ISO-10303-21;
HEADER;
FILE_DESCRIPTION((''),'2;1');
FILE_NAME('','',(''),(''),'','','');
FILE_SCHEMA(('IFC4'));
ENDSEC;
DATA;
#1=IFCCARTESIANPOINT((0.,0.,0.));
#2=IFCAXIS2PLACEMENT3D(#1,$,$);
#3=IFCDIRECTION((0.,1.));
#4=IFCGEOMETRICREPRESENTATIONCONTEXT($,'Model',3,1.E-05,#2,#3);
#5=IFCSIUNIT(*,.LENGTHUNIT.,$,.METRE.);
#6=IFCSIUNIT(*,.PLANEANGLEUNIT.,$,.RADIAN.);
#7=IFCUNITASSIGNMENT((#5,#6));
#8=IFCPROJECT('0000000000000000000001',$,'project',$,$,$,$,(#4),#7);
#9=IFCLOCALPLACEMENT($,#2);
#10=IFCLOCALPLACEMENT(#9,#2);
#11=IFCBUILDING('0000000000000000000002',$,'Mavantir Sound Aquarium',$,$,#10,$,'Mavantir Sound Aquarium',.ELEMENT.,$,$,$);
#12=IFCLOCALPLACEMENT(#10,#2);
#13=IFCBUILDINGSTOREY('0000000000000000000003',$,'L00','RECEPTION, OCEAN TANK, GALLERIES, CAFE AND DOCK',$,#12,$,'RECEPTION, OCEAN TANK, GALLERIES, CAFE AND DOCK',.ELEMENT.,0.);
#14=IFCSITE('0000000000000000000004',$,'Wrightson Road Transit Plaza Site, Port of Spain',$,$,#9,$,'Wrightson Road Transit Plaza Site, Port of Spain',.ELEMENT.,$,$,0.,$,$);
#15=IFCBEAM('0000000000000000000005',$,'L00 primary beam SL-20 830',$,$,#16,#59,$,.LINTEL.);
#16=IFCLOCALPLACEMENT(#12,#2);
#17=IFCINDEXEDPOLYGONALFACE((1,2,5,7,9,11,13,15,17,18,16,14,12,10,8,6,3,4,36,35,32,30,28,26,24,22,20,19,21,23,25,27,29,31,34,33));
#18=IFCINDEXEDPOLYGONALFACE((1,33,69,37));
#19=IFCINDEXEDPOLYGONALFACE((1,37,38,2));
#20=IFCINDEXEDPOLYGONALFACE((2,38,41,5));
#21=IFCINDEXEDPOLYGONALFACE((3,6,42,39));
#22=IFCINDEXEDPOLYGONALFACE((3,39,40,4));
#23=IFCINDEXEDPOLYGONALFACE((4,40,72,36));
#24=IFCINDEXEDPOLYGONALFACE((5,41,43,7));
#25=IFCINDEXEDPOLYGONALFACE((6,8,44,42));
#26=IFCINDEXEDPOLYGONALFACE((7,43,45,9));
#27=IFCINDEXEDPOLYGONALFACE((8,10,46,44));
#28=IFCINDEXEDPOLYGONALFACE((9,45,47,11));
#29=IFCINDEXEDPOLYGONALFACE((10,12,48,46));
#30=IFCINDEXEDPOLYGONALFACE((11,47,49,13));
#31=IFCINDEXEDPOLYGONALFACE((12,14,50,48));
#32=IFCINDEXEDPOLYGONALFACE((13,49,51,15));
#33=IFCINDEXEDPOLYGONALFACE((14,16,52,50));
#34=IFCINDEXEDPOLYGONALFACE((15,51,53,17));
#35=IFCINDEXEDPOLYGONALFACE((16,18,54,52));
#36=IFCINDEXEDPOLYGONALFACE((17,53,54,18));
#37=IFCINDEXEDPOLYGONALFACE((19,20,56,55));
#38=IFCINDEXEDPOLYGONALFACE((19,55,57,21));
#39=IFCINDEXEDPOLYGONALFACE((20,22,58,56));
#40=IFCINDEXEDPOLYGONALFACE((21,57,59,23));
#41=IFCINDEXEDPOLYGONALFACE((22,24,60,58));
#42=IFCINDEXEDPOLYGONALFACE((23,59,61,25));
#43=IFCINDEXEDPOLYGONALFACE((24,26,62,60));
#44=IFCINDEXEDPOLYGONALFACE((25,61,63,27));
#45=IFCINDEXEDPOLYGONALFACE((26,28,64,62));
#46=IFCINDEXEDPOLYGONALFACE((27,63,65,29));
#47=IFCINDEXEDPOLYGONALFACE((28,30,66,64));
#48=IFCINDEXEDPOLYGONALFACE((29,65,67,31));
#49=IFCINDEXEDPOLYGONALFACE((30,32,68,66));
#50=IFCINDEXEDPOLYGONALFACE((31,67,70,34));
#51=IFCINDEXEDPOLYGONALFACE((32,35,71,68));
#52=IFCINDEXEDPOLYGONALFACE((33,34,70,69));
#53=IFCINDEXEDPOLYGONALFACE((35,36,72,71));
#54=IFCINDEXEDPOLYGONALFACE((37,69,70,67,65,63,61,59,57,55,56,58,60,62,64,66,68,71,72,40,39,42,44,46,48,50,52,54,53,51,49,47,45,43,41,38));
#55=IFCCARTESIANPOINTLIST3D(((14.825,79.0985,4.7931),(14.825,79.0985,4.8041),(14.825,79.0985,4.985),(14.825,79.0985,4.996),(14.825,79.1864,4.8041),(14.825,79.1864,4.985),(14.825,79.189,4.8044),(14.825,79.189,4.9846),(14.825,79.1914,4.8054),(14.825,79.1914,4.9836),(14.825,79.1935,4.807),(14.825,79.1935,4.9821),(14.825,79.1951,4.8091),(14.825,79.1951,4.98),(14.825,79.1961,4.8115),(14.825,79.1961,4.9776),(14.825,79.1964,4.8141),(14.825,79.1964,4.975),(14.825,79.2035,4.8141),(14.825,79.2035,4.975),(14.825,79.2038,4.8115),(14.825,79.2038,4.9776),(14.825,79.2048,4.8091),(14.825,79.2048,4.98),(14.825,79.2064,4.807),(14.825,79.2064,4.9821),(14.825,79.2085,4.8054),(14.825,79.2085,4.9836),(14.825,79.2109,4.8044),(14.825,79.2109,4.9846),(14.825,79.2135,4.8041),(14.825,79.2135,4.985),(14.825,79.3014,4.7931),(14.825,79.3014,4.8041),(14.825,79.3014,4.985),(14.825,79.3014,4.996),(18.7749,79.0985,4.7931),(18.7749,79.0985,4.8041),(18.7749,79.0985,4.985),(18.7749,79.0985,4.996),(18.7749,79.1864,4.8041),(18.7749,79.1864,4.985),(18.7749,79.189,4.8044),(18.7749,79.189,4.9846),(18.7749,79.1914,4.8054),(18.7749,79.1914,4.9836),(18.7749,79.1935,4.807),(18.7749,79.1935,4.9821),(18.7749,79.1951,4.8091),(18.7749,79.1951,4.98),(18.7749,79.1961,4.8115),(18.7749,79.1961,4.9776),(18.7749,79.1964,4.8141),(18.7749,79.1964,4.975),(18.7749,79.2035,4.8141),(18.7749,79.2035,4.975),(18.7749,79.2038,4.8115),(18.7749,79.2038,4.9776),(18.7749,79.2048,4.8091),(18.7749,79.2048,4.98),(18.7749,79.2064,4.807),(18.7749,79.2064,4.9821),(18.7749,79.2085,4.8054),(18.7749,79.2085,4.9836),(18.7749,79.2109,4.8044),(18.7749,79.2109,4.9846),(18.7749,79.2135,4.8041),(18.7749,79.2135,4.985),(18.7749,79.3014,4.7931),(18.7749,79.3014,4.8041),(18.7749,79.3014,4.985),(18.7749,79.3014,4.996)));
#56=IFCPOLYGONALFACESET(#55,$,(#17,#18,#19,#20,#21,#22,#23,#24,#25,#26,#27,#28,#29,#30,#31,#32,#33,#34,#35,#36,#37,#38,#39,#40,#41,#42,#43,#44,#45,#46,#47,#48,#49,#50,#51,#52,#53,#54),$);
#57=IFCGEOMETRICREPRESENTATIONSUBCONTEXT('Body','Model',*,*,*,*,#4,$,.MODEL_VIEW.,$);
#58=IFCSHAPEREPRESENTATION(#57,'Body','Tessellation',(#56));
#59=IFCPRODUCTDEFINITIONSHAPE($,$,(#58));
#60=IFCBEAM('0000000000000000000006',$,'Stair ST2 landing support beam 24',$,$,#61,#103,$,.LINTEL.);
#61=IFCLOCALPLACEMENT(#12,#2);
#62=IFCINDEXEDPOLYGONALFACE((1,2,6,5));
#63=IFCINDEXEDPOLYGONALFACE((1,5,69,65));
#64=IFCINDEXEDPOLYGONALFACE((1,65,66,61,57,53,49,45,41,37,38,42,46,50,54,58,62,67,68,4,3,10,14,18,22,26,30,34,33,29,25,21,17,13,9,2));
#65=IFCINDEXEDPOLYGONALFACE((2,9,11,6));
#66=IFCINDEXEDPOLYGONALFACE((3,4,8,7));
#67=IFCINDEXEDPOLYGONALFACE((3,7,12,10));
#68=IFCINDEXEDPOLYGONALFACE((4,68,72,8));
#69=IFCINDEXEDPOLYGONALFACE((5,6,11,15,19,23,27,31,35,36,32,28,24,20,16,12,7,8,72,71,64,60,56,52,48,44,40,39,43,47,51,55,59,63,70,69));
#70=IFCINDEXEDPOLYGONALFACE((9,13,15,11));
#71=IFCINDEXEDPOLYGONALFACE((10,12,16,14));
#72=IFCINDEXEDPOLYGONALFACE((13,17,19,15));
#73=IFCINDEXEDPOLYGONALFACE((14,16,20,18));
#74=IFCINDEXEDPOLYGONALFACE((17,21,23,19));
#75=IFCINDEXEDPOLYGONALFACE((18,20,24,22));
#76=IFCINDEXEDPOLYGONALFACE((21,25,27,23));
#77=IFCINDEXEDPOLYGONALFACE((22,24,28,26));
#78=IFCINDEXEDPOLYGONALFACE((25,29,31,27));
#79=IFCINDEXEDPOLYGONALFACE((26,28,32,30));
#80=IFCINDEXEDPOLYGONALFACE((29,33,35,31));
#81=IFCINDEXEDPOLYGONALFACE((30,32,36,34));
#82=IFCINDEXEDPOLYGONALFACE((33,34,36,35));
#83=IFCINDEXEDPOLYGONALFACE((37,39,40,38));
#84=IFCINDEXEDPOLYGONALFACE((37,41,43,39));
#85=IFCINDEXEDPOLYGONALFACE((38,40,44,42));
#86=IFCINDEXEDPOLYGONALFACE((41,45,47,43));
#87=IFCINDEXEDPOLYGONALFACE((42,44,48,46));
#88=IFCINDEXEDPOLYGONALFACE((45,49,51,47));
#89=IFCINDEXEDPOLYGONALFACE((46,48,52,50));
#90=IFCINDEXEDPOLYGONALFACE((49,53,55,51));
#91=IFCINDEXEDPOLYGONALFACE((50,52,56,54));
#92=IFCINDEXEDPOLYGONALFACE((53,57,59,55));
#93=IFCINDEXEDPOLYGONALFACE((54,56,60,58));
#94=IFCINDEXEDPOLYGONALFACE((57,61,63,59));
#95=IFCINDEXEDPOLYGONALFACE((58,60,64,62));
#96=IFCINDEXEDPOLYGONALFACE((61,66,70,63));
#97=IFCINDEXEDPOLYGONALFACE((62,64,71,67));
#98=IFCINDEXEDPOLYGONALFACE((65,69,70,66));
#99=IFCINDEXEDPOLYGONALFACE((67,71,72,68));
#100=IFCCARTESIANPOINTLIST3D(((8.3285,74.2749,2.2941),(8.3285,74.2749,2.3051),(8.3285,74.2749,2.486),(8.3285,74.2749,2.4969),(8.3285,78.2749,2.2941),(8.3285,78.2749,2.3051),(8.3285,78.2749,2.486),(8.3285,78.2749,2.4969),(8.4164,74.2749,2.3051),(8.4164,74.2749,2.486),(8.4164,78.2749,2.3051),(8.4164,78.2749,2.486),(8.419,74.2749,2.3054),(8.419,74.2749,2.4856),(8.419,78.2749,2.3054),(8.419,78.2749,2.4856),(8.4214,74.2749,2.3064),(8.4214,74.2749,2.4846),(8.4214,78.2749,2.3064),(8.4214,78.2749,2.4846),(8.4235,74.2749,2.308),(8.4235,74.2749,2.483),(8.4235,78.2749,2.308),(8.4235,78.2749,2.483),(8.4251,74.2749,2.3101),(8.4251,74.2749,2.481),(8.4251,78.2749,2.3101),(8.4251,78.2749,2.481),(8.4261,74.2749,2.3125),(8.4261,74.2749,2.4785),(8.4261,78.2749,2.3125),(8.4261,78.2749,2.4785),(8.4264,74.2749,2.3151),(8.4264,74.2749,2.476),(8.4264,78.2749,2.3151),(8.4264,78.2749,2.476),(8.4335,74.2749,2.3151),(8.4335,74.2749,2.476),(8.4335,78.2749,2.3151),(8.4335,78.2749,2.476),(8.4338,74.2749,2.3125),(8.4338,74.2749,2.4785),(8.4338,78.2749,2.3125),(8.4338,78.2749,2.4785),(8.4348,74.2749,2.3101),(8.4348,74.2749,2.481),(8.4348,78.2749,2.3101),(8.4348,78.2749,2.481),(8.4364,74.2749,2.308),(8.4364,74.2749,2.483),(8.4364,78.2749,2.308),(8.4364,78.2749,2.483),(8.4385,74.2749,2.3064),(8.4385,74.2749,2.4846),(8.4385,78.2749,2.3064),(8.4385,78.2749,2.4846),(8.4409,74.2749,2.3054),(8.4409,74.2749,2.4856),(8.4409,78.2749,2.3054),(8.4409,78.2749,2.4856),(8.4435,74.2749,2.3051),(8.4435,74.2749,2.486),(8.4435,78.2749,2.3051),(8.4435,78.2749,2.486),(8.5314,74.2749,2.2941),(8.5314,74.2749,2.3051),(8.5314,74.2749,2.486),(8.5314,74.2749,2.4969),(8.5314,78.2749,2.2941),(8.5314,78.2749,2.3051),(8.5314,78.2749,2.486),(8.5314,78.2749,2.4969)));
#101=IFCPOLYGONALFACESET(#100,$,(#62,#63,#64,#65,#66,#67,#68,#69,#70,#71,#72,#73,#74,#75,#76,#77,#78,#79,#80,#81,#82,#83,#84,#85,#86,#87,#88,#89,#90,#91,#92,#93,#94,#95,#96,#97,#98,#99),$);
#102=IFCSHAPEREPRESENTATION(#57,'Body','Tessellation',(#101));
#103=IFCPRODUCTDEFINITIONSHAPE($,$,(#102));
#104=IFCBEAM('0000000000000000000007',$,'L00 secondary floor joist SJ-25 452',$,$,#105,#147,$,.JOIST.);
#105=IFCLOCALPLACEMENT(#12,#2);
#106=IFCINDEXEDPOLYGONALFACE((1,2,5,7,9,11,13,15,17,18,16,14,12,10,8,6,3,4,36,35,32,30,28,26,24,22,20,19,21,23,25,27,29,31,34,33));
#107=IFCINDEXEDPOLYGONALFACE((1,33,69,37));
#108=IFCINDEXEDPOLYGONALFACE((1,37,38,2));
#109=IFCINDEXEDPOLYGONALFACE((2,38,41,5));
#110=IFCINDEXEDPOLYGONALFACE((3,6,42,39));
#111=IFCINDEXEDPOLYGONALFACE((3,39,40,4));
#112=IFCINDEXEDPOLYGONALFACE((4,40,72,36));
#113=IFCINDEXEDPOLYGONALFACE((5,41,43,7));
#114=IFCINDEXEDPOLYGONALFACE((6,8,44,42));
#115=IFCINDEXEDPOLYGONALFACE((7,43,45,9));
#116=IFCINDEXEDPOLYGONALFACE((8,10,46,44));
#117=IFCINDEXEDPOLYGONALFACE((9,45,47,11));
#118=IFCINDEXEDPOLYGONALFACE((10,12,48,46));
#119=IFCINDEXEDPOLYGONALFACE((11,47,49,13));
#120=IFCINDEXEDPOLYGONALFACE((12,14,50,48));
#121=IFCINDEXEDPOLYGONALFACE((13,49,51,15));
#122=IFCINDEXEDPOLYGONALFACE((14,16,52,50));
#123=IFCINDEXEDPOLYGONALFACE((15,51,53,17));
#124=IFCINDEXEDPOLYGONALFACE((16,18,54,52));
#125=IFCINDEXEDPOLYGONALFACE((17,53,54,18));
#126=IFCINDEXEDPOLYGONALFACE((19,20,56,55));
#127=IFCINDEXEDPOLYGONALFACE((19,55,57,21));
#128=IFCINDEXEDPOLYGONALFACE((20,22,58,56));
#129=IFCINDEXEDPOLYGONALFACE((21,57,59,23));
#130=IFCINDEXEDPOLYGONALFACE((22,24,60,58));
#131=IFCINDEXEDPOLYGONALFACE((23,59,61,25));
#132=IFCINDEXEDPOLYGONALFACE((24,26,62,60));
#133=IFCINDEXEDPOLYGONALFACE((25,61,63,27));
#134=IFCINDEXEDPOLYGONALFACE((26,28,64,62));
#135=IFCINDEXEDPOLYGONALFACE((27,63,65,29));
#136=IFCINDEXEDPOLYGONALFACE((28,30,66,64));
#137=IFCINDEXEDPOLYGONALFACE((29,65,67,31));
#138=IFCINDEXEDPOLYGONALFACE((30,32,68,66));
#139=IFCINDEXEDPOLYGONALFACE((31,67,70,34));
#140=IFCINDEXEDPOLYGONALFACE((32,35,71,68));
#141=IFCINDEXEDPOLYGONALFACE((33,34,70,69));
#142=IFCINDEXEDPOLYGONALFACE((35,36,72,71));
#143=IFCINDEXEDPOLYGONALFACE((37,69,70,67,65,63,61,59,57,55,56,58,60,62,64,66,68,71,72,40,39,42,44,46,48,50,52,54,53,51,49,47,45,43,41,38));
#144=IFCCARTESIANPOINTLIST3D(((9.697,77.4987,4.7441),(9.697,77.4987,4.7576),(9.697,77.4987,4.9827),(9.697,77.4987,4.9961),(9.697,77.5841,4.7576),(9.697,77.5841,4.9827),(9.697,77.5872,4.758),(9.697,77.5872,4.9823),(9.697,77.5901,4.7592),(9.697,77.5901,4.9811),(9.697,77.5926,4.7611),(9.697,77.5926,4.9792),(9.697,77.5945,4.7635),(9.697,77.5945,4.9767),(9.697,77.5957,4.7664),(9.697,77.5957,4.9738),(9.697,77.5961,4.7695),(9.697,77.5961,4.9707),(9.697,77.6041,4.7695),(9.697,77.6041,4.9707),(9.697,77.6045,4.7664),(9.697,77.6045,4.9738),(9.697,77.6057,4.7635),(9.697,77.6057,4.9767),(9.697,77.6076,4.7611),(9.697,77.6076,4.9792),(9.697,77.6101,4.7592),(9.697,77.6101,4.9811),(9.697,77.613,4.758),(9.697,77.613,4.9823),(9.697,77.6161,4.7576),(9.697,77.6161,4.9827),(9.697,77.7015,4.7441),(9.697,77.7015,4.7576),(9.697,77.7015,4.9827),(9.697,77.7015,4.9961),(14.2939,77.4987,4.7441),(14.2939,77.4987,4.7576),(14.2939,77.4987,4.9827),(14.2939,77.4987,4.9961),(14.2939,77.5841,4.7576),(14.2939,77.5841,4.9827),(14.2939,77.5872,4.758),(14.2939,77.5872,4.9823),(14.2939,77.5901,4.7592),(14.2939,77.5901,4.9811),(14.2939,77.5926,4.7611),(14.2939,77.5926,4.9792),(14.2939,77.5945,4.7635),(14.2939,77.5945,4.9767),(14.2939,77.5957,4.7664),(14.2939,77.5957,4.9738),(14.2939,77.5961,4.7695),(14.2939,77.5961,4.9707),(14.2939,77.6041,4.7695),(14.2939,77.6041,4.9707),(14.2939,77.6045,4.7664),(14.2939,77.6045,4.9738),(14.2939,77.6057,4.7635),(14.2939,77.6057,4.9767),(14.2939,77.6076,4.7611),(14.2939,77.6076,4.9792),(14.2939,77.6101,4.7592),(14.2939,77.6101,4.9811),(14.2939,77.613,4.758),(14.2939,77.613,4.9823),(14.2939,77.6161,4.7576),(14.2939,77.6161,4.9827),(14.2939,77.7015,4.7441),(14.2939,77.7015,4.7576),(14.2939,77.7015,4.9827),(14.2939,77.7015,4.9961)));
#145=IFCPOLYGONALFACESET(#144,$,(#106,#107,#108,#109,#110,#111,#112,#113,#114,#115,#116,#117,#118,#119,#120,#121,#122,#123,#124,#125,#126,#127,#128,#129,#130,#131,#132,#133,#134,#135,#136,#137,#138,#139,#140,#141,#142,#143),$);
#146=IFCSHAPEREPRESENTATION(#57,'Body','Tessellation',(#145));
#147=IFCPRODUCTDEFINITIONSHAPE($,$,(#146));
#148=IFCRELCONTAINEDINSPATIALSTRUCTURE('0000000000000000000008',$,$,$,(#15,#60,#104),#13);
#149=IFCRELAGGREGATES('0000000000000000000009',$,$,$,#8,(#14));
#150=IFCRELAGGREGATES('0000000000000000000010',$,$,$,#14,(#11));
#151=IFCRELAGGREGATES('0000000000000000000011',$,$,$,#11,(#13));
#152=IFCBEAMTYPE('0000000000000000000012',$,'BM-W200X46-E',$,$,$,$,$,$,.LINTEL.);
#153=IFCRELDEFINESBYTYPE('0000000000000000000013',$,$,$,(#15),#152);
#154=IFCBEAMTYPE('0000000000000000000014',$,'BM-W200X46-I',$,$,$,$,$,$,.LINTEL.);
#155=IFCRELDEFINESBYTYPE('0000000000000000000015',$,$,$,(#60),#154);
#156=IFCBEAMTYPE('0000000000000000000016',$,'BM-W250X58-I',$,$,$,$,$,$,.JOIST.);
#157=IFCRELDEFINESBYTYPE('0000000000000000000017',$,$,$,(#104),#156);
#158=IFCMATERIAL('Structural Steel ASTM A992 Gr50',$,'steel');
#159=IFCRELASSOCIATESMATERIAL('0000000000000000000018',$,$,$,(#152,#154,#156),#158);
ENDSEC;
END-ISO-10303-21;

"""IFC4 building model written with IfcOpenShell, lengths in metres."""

from ifc_helpers import new_model, si_unit, direction, frame, origin, origin_2d, place, context, subcontext, project, spatial, i_section, extrude, material, material_profile, profile_set, type_object, element, save


model = new_model("IFC4")

# Units and contexts
model_context = context("Model", 3, precision=1e-05, world=origin(), true_north=direction((0.0, 1.0)))
body_context = subcontext(model_context, "Body", "Model", "MODEL_VIEW")
ifc_project = project(units=[si_unit("LENGTHUNIT", "METRE"), si_unit("PLANEANGLEUNIT", "RADIAN")], contexts=[model_context])

# Site, building, storey
site_placement = place(None, origin())
site = spatial("IfcSite", under=ifc_project, at=site_placement, Name="Wrightson Road Transit Plaza Site, Port of Spain", LongName="Wrightson Road Transit Plaza Site, Port of Spain", CompositionType="ELEMENT", RefElevation=0.0)
building_placement = place(site_placement, origin())
building = spatial("IfcBuilding", under=site, at=building_placement, Name="Mavantir Sound Aquarium", LongName="Mavantir Sound Aquarium", CompositionType="ELEMENT")
storey_placement = place(building_placement, origin())
storey = spatial("IfcBuildingStorey", under=building, at=storey_placement, Name="L00", Description="RECEPTION, OCEAN TANK, GALLERIES, CAFE AND DOCK", LongName="RECEPTION, OCEAN TANK, GALLERIES, CAFE AND DOCK", CompositionType="ELEMENT", Elevation=0.0)

# Beams
ifc_material_1 = material(Name="Structural Steel ASTM A992 Gr50", Category="steel")
ifc_material_profile_1 = material_profile(ifc_material_1, i_section(OverallWidth=0.2029, OverallDepth=0.2029, WebThickness=0.0071, FlangeThickness=0.011, FilletRadius=0.01, at=origin_2d()), Name="W200X46")
ifc_profile_set_1 = profile_set([ifc_material_profile_1], Name="Structural Steel ASTM A992 Gr50")
beam_type_1 = type_object("IfcBeamType", Name="BM-W200X46-E", PredefinedType="LINTEL", material=ifc_profile_set_1)
beam_1_placement = place(storey_placement, frame((14.825, 79.2, 4.8945), z_axis=(1.0, 0.0, 0.0), x_axis=(0.0, 1.0, 0.0)))
element("IfcBeam", 1, at=beam_1_placement, inside=storey, type_object=beam_type_1, Name="L00 primary beam SL-20 830", PredefinedType="LINTEL", context=body_context, shape_type="SweptSolid", body=[
    extrude(i_section(OverallWidth=0.2029, OverallDepth=0.2029, WebThickness=0.0071, FlangeThickness=0.011, FilletRadius=0.01, at=origin_2d()), origin(), (0.0, 0.0, 1.0), 3.95),
])
ifc_material_profile_2 = material_profile(ifc_material_1, i_section(OverallWidth=0.2029, OverallDepth=0.2029, WebThickness=0.0071, FlangeThickness=0.011, FilletRadius=0.01, at=origin_2d()), Name="W200X46")
ifc_profile_set_2 = profile_set([ifc_material_profile_2], Name="Structural Steel ASTM A992 Gr50")
beam_type_2 = type_object("IfcBeamType", Name="BM-W200X46-I", PredefinedType="LINTEL", material=ifc_profile_set_2)
beam_2_placement = place(storey_placement, frame((8.4299, 74.2749, 2.3955), z_axis=(0.0, 1.0, 0.0), x_axis=(-1.0, 0.0, 0.0)))
element("IfcBeam", 2, at=beam_2_placement, inside=storey, type_object=beam_type_2, Name="Stair ST2 landing support beam 24", PredefinedType="LINTEL", context=body_context, shape_type="SweptSolid", body=[
    extrude(i_section(OverallWidth=0.2029, OverallDepth=0.2029, WebThickness=0.0071, FlangeThickness=0.011, FilletRadius=0.01, at=origin_2d()), origin(), (0.0, 0.0, 1.0), 4.0),
])
ifc_material_profile_3 = material_profile(ifc_material_1, i_section(OverallWidth=0.2029, OverallDepth=0.252, WebThickness=0.0081, FlangeThickness=0.0134, FilletRadius=0.012, at=origin_2d()), Name="W250X58")
ifc_profile_set_3 = profile_set([ifc_material_profile_3], Name="Structural Steel ASTM A992 Gr50")
beam_type_3 = type_object("IfcBeamType", Name="BM-W250X58-I", PredefinedType="JOIST", material=ifc_profile_set_3)
beam_3_placement = place(storey_placement, frame((9.697, 77.6001, 4.8701), z_axis=(1.0, 0.0, 0.0), x_axis=(0.0, 1.0, 0.0)))
element("IfcBeam", 3, at=beam_3_placement, inside=storey, type_object=beam_type_3, Name="L00 secondary floor joist SJ-25 452", PredefinedType="JOIST", context=body_context, shape_type="SweptSolid", body=[
    extrude(i_section(OverallWidth=0.2029, OverallDepth=0.252, WebThickness=0.0081, FlangeThickness=0.0134, FilletRadius=0.012, at=origin_2d()), origin(), (0.0, 0.0, 1.0), 4.5969),
])

save(model, "model.ifc")
